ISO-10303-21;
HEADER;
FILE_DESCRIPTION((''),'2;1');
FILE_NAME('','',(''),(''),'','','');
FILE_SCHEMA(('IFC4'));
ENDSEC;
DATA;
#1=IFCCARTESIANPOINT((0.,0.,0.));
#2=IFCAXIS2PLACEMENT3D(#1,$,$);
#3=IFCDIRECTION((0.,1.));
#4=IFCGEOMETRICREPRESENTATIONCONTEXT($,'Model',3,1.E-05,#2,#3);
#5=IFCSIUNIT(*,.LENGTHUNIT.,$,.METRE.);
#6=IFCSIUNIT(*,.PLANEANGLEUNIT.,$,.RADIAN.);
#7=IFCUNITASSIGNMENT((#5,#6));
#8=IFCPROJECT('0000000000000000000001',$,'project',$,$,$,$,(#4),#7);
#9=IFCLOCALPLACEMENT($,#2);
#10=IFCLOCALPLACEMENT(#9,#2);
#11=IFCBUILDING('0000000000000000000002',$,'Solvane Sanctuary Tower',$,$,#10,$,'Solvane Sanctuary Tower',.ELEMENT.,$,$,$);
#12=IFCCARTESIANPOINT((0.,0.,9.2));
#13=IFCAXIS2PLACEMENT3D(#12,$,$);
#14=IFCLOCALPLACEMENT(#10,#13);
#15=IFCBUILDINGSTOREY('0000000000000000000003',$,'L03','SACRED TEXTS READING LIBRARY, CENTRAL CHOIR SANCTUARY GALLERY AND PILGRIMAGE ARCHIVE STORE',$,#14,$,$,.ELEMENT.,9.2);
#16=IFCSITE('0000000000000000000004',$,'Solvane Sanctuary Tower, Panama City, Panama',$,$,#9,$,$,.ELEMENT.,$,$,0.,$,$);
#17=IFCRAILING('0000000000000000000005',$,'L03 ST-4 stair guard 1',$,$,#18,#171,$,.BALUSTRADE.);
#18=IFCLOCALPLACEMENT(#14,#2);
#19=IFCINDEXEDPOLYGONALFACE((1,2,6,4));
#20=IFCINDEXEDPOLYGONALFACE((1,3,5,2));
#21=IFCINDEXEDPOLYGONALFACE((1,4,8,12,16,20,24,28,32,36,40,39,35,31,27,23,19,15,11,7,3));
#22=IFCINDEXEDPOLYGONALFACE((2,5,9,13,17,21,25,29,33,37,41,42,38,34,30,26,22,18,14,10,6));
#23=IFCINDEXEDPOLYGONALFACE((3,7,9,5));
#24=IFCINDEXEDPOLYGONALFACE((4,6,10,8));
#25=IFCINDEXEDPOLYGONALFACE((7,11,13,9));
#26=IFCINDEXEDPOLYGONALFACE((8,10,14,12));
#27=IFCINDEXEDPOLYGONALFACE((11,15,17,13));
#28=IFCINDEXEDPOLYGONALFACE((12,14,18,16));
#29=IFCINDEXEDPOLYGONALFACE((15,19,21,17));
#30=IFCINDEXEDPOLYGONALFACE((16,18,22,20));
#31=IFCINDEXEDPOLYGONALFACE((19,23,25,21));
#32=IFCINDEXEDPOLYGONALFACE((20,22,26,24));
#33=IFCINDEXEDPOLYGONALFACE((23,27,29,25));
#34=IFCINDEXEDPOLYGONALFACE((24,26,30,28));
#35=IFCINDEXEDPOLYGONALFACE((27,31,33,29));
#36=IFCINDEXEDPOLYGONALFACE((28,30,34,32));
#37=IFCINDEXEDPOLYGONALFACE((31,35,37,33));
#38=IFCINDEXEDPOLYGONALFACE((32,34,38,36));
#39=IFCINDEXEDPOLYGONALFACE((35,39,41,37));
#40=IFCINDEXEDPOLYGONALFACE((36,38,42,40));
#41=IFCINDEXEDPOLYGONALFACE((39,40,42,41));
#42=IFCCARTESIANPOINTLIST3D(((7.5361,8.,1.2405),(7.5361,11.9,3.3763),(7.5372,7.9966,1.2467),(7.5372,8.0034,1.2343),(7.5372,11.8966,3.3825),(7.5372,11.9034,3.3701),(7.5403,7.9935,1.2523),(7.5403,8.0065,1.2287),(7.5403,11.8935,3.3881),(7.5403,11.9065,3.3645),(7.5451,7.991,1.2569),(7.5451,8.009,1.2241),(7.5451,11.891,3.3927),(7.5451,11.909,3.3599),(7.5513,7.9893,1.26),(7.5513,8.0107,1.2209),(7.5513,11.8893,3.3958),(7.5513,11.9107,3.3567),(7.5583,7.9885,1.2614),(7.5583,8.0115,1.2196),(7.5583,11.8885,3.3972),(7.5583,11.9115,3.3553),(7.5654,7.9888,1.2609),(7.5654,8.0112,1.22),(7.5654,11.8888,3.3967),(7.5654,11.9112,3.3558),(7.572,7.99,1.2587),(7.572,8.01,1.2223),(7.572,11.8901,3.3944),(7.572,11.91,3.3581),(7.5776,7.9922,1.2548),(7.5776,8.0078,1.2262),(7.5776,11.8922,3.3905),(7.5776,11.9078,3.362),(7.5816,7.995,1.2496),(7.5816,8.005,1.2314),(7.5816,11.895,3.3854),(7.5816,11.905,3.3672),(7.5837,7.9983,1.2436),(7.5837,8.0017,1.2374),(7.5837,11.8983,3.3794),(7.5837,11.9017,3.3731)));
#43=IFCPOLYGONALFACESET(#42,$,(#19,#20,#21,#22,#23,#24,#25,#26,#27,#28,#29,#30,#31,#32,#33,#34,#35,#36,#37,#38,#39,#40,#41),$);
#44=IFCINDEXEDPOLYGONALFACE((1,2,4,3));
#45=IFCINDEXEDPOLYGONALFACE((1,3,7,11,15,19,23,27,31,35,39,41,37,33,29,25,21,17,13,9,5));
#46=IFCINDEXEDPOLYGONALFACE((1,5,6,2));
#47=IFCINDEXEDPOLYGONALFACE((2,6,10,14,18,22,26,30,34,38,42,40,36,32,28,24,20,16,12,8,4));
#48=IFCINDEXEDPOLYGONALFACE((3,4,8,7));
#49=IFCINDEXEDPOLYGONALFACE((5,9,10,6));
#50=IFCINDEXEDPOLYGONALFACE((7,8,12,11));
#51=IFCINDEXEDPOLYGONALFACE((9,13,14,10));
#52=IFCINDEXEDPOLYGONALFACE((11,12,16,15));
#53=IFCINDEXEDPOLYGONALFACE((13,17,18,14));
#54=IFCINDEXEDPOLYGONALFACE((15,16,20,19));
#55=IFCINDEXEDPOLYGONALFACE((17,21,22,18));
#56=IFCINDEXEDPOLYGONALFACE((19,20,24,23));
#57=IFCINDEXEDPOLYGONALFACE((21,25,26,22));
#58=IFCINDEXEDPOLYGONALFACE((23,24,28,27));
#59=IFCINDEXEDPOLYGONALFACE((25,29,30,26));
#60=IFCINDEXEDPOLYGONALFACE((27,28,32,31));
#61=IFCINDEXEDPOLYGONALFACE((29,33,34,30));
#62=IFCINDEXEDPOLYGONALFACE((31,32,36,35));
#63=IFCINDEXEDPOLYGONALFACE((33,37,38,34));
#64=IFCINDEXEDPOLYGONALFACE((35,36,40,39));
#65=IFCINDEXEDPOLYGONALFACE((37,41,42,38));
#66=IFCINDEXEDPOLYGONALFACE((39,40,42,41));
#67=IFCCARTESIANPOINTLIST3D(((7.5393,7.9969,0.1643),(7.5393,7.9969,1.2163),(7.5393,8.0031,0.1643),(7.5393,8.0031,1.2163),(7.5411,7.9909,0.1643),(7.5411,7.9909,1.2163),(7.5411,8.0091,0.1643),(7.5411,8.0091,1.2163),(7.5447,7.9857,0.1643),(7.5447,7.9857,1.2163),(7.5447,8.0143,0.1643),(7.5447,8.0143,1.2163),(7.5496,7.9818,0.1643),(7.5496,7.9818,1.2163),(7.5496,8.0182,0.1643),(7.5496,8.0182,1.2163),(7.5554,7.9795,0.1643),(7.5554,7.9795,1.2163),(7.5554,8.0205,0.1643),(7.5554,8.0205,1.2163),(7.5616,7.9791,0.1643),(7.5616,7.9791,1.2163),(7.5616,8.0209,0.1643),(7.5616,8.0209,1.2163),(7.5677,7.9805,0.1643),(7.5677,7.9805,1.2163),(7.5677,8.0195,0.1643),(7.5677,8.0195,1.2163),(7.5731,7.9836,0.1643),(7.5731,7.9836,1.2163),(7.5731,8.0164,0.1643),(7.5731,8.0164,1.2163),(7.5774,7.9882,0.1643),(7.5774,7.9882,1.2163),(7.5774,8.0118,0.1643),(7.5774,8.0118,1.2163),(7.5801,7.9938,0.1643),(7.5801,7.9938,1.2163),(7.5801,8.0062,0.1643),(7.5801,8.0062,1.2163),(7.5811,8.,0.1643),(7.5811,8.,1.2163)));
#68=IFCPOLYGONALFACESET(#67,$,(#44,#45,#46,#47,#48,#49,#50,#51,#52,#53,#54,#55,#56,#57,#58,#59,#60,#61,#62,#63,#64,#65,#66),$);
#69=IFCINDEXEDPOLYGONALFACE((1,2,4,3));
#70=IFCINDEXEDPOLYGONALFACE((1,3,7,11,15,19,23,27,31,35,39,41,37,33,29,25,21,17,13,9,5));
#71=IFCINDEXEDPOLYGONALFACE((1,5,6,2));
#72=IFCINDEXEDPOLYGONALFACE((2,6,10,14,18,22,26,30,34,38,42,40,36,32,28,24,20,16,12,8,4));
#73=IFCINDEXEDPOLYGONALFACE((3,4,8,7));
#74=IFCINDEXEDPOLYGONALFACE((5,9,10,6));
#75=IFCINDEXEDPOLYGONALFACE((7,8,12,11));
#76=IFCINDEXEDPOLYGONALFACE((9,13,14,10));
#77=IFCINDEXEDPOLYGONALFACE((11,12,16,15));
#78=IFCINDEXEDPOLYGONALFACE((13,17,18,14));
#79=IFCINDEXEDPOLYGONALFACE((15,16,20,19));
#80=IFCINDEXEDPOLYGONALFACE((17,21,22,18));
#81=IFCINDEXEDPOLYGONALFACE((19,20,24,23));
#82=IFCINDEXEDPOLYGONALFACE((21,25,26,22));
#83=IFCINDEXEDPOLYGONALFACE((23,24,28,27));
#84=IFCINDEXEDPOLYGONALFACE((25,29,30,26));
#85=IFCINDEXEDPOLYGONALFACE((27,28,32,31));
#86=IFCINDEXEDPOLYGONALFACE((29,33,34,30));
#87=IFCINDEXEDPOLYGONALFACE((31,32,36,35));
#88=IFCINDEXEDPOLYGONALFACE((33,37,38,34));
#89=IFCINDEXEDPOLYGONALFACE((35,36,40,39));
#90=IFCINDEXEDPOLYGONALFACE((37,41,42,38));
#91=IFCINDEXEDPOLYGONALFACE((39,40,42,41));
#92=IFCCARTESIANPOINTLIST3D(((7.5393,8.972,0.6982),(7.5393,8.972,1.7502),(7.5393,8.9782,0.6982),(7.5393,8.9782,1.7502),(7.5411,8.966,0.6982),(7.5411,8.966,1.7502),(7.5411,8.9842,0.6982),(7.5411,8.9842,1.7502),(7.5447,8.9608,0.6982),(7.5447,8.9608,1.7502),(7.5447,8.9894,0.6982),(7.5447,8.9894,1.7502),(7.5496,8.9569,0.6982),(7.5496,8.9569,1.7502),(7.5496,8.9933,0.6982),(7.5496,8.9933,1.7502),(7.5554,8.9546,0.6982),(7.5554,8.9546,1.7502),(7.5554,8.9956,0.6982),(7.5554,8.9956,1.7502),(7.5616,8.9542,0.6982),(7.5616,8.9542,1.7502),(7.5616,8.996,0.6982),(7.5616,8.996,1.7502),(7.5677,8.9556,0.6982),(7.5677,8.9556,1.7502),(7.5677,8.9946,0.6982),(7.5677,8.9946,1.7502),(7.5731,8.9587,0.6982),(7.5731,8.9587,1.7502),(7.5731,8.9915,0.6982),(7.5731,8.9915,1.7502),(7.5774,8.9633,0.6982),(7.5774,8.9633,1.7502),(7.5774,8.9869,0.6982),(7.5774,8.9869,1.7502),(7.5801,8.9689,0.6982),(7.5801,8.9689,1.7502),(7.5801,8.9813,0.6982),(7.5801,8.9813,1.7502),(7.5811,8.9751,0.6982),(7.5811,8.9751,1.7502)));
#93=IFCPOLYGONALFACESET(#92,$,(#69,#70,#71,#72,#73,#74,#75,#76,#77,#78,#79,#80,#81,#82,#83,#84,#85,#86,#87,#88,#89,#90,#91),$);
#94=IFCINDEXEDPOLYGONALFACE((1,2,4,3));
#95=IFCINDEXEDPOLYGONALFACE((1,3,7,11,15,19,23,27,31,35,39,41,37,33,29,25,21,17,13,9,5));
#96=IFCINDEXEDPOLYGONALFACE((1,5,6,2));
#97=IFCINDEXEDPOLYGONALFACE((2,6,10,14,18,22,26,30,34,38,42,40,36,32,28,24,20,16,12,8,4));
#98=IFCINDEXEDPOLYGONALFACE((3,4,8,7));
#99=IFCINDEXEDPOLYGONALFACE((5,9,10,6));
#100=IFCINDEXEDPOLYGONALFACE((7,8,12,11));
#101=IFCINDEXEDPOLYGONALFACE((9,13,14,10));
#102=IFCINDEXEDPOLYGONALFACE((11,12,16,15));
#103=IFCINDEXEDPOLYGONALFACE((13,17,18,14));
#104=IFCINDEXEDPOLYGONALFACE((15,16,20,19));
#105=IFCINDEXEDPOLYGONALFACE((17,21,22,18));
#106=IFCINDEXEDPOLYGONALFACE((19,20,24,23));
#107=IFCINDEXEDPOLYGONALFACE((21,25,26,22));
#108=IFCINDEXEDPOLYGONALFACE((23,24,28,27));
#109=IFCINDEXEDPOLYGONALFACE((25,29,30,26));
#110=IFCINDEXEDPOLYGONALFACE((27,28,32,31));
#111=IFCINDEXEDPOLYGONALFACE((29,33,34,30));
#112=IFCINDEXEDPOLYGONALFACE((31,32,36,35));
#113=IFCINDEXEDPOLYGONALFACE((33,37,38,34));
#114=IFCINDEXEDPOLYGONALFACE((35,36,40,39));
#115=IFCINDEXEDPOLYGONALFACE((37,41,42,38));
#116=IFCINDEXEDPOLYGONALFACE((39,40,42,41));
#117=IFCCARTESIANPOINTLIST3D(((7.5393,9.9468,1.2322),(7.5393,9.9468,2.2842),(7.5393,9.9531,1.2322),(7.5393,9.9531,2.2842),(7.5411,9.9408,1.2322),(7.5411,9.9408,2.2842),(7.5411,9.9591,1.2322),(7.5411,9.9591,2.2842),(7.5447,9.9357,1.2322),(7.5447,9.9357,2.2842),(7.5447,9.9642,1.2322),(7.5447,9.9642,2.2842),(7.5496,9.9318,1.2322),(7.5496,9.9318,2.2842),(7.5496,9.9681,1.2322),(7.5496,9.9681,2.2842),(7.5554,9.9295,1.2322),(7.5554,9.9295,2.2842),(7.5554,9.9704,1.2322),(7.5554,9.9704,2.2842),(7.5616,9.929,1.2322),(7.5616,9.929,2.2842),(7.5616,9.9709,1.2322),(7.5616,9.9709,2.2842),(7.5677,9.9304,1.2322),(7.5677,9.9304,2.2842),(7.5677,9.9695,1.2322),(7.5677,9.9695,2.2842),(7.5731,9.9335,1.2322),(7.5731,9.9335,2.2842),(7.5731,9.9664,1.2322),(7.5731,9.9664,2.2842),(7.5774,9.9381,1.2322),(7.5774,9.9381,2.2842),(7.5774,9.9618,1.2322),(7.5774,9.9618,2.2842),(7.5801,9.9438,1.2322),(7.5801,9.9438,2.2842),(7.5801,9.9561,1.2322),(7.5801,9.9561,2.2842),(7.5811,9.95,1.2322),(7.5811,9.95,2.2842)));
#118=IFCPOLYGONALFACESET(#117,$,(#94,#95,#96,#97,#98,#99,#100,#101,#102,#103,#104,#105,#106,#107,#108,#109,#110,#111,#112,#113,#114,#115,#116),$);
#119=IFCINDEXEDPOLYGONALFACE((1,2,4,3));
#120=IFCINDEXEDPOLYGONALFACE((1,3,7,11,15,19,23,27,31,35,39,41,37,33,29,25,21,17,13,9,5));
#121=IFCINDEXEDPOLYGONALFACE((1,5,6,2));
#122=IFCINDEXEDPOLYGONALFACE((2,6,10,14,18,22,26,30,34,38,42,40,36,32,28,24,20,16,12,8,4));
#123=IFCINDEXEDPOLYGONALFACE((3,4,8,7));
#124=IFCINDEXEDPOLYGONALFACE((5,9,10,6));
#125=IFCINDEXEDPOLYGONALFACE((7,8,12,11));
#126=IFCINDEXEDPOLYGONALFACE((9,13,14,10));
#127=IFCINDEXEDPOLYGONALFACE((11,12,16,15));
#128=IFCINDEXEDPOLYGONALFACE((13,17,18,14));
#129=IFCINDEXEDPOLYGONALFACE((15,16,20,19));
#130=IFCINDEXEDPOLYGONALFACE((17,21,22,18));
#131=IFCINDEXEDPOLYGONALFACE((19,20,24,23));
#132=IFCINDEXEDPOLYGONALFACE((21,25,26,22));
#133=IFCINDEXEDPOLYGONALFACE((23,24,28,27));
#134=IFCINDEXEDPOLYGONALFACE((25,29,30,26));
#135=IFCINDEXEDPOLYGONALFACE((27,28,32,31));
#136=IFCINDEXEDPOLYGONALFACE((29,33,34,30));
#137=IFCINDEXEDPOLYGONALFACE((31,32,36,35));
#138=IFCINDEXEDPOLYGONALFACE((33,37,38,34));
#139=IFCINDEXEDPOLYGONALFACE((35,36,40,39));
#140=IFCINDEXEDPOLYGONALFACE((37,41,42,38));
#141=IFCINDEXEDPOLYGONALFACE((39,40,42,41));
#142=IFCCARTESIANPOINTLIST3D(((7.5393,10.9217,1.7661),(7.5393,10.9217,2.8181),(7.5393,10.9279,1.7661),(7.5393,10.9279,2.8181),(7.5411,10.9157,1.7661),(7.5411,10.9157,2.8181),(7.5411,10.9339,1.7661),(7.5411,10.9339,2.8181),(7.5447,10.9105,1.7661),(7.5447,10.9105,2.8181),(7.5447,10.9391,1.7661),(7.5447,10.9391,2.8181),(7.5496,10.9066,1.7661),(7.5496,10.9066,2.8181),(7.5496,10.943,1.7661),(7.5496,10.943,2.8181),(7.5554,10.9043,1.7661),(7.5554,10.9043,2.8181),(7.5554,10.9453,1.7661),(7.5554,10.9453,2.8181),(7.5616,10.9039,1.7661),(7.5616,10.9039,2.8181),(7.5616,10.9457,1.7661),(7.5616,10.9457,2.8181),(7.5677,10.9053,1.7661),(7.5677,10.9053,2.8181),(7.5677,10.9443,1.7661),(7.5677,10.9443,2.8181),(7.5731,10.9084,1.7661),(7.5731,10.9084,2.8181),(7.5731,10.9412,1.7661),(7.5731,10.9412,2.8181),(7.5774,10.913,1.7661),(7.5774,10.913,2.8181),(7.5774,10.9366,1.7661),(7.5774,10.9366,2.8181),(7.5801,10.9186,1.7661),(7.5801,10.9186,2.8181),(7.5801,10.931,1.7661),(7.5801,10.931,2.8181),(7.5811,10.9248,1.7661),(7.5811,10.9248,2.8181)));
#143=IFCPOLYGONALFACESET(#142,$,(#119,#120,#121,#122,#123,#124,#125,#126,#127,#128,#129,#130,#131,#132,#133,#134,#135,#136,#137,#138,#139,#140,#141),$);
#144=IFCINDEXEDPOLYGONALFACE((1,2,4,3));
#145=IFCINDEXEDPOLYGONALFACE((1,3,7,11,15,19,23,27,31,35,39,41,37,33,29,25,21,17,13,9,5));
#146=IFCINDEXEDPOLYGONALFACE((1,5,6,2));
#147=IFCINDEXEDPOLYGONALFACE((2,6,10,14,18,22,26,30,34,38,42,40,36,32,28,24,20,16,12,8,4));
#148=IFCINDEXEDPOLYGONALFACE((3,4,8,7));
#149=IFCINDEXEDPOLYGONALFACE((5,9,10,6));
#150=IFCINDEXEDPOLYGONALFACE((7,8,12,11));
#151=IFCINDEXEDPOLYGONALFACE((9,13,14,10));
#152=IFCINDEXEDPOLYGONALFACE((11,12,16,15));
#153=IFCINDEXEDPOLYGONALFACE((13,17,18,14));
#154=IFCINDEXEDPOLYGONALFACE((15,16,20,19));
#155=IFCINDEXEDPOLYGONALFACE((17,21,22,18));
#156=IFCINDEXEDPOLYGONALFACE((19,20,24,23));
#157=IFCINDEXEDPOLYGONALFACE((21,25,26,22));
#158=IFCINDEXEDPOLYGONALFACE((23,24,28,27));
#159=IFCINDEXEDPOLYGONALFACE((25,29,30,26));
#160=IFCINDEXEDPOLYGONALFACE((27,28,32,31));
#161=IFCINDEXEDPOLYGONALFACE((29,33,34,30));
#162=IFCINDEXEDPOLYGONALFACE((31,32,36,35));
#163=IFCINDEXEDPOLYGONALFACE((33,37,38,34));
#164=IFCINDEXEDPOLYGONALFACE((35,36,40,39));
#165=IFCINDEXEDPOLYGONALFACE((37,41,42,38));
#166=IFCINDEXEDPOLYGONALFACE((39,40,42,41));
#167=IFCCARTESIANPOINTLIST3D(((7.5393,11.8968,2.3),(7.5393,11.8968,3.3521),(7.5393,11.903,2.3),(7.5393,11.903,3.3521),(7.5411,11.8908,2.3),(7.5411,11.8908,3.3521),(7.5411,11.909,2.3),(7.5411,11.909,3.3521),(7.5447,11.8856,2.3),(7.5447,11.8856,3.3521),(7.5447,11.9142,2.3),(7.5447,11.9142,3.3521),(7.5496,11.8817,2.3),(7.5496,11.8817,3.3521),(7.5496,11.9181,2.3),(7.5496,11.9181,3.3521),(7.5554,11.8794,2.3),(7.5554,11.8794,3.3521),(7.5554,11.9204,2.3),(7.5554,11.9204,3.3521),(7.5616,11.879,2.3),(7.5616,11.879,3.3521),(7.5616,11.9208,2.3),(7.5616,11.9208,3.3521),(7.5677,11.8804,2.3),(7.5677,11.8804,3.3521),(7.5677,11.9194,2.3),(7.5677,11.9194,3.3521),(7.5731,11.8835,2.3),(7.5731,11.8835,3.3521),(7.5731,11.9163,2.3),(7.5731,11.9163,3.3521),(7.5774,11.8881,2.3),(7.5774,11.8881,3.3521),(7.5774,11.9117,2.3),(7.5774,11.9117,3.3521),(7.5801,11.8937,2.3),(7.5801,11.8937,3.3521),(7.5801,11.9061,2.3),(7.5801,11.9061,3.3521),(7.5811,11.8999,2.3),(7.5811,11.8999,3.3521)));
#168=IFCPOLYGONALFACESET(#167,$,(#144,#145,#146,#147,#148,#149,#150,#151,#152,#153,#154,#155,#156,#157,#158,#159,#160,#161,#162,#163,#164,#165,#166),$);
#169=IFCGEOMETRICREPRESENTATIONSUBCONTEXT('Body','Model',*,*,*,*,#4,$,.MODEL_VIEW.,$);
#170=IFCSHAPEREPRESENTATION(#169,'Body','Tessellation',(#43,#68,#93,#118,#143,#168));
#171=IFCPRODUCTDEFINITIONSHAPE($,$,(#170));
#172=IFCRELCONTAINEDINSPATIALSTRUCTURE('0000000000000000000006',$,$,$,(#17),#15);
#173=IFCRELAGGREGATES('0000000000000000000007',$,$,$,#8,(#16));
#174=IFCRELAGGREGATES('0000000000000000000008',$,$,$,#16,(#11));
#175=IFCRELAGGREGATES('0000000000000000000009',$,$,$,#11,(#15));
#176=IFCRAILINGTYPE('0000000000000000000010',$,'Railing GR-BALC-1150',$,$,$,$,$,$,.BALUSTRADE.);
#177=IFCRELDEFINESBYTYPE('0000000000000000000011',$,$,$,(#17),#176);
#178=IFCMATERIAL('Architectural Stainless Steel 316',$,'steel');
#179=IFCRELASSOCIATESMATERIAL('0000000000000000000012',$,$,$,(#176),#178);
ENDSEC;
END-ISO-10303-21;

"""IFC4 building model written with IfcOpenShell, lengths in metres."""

from ifc_helpers import new_model, si_unit, direction, frame, origin, origin_2d, place, context, subcontext, project, spatial, circle, extrude, material, type_object, element, save


model = new_model("IFC4")

# Units and contexts
model_context = context("Model", 3, precision=1e-05, world=origin(), true_north=direction((0.0, 1.0)))
body_context = subcontext(model_context, "Body", "Model", "MODEL_VIEW")
ifc_project = project(units=[si_unit("LENGTHUNIT", "METRE"), si_unit("PLANEANGLEUNIT", "RADIAN")], contexts=[model_context])

# Site, building, storey
site_placement = place(None, origin())
site = spatial("IfcSite", under=ifc_project, at=site_placement, Name="Solvane Sanctuary Tower, Panama City, Panama", CompositionType="ELEMENT", RefElevation=0.0)
building_placement = place(site_placement, origin())
building = spatial("IfcBuilding", under=site, at=building_placement, Name="Solvane Sanctuary Tower", LongName="Solvane Sanctuary Tower", CompositionType="ELEMENT")
storey_placement = place(building_placement, frame((0.0, 0.0, 9.2)))
storey = spatial("IfcBuildingStorey", under=building, at=storey_placement, Name="L03", Description="SACRED TEXTS READING LIBRARY, CENTRAL CHOIR SANCTUARY GALLERY AND PILGRIMAGE ARCHIVE STORE", CompositionType="ELEMENT", Elevation=9.2)

# Shared definitions
ifc_material_1 = material(Name="Architectural Stainless Steel 316", Category="steel")

# Railing
railing_type_1 = type_object("IfcRailingType", Name="Railing GR-BALC-1150", PredefinedType="BALUSTRADE", material=ifc_material_1)
railing_1_placement = place(storey_placement, frame((7.5601, 8.0, 0.1643)))
element("IfcRailing", 1, at=railing_1_placement, inside=storey, type_object=railing_type_1, Name="L03 ST-4 stair guard 1", PredefinedType="BALUSTRADE", context=body_context, shape_type="SweptSolid", body=[
    extrude(circle(Radius=0.0239, at=origin_2d()), frame((0.0, 0.0, 1.0762), z_axis=(0.0, 0.877089, 0.480329), x_axis=(-1.0, 0.0, 0.0)), (0.0, 0.0, 1.0), 4.4465),
    extrude(circle(Radius=0.021, at=origin_2d()), origin(), (0.0, 0.0, 1.0), 1.052),
    extrude(circle(Radius=0.021, at=origin_2d()), frame((0.0, 0.9751, 0.5339)), (0.0, 0.0, 1.0), 1.052),
    extrude(circle(Radius=0.021, at=origin_2d()), frame((0.0, 1.95, 1.0679)), (0.0, 0.0, 1.0), 1.052),
    extrude(circle(Radius=0.021, at=origin_2d()), frame((0.0, 2.9248, 1.6018)), (0.0, 0.0, 1.0), 1.052),
    extrude(circle(Radius=0.021, at=origin_2d()), frame((0.0, 3.8999, 2.1357)), (0.0, 0.0, 1.0), 1.052),
])

save(model, "model.ifc")
